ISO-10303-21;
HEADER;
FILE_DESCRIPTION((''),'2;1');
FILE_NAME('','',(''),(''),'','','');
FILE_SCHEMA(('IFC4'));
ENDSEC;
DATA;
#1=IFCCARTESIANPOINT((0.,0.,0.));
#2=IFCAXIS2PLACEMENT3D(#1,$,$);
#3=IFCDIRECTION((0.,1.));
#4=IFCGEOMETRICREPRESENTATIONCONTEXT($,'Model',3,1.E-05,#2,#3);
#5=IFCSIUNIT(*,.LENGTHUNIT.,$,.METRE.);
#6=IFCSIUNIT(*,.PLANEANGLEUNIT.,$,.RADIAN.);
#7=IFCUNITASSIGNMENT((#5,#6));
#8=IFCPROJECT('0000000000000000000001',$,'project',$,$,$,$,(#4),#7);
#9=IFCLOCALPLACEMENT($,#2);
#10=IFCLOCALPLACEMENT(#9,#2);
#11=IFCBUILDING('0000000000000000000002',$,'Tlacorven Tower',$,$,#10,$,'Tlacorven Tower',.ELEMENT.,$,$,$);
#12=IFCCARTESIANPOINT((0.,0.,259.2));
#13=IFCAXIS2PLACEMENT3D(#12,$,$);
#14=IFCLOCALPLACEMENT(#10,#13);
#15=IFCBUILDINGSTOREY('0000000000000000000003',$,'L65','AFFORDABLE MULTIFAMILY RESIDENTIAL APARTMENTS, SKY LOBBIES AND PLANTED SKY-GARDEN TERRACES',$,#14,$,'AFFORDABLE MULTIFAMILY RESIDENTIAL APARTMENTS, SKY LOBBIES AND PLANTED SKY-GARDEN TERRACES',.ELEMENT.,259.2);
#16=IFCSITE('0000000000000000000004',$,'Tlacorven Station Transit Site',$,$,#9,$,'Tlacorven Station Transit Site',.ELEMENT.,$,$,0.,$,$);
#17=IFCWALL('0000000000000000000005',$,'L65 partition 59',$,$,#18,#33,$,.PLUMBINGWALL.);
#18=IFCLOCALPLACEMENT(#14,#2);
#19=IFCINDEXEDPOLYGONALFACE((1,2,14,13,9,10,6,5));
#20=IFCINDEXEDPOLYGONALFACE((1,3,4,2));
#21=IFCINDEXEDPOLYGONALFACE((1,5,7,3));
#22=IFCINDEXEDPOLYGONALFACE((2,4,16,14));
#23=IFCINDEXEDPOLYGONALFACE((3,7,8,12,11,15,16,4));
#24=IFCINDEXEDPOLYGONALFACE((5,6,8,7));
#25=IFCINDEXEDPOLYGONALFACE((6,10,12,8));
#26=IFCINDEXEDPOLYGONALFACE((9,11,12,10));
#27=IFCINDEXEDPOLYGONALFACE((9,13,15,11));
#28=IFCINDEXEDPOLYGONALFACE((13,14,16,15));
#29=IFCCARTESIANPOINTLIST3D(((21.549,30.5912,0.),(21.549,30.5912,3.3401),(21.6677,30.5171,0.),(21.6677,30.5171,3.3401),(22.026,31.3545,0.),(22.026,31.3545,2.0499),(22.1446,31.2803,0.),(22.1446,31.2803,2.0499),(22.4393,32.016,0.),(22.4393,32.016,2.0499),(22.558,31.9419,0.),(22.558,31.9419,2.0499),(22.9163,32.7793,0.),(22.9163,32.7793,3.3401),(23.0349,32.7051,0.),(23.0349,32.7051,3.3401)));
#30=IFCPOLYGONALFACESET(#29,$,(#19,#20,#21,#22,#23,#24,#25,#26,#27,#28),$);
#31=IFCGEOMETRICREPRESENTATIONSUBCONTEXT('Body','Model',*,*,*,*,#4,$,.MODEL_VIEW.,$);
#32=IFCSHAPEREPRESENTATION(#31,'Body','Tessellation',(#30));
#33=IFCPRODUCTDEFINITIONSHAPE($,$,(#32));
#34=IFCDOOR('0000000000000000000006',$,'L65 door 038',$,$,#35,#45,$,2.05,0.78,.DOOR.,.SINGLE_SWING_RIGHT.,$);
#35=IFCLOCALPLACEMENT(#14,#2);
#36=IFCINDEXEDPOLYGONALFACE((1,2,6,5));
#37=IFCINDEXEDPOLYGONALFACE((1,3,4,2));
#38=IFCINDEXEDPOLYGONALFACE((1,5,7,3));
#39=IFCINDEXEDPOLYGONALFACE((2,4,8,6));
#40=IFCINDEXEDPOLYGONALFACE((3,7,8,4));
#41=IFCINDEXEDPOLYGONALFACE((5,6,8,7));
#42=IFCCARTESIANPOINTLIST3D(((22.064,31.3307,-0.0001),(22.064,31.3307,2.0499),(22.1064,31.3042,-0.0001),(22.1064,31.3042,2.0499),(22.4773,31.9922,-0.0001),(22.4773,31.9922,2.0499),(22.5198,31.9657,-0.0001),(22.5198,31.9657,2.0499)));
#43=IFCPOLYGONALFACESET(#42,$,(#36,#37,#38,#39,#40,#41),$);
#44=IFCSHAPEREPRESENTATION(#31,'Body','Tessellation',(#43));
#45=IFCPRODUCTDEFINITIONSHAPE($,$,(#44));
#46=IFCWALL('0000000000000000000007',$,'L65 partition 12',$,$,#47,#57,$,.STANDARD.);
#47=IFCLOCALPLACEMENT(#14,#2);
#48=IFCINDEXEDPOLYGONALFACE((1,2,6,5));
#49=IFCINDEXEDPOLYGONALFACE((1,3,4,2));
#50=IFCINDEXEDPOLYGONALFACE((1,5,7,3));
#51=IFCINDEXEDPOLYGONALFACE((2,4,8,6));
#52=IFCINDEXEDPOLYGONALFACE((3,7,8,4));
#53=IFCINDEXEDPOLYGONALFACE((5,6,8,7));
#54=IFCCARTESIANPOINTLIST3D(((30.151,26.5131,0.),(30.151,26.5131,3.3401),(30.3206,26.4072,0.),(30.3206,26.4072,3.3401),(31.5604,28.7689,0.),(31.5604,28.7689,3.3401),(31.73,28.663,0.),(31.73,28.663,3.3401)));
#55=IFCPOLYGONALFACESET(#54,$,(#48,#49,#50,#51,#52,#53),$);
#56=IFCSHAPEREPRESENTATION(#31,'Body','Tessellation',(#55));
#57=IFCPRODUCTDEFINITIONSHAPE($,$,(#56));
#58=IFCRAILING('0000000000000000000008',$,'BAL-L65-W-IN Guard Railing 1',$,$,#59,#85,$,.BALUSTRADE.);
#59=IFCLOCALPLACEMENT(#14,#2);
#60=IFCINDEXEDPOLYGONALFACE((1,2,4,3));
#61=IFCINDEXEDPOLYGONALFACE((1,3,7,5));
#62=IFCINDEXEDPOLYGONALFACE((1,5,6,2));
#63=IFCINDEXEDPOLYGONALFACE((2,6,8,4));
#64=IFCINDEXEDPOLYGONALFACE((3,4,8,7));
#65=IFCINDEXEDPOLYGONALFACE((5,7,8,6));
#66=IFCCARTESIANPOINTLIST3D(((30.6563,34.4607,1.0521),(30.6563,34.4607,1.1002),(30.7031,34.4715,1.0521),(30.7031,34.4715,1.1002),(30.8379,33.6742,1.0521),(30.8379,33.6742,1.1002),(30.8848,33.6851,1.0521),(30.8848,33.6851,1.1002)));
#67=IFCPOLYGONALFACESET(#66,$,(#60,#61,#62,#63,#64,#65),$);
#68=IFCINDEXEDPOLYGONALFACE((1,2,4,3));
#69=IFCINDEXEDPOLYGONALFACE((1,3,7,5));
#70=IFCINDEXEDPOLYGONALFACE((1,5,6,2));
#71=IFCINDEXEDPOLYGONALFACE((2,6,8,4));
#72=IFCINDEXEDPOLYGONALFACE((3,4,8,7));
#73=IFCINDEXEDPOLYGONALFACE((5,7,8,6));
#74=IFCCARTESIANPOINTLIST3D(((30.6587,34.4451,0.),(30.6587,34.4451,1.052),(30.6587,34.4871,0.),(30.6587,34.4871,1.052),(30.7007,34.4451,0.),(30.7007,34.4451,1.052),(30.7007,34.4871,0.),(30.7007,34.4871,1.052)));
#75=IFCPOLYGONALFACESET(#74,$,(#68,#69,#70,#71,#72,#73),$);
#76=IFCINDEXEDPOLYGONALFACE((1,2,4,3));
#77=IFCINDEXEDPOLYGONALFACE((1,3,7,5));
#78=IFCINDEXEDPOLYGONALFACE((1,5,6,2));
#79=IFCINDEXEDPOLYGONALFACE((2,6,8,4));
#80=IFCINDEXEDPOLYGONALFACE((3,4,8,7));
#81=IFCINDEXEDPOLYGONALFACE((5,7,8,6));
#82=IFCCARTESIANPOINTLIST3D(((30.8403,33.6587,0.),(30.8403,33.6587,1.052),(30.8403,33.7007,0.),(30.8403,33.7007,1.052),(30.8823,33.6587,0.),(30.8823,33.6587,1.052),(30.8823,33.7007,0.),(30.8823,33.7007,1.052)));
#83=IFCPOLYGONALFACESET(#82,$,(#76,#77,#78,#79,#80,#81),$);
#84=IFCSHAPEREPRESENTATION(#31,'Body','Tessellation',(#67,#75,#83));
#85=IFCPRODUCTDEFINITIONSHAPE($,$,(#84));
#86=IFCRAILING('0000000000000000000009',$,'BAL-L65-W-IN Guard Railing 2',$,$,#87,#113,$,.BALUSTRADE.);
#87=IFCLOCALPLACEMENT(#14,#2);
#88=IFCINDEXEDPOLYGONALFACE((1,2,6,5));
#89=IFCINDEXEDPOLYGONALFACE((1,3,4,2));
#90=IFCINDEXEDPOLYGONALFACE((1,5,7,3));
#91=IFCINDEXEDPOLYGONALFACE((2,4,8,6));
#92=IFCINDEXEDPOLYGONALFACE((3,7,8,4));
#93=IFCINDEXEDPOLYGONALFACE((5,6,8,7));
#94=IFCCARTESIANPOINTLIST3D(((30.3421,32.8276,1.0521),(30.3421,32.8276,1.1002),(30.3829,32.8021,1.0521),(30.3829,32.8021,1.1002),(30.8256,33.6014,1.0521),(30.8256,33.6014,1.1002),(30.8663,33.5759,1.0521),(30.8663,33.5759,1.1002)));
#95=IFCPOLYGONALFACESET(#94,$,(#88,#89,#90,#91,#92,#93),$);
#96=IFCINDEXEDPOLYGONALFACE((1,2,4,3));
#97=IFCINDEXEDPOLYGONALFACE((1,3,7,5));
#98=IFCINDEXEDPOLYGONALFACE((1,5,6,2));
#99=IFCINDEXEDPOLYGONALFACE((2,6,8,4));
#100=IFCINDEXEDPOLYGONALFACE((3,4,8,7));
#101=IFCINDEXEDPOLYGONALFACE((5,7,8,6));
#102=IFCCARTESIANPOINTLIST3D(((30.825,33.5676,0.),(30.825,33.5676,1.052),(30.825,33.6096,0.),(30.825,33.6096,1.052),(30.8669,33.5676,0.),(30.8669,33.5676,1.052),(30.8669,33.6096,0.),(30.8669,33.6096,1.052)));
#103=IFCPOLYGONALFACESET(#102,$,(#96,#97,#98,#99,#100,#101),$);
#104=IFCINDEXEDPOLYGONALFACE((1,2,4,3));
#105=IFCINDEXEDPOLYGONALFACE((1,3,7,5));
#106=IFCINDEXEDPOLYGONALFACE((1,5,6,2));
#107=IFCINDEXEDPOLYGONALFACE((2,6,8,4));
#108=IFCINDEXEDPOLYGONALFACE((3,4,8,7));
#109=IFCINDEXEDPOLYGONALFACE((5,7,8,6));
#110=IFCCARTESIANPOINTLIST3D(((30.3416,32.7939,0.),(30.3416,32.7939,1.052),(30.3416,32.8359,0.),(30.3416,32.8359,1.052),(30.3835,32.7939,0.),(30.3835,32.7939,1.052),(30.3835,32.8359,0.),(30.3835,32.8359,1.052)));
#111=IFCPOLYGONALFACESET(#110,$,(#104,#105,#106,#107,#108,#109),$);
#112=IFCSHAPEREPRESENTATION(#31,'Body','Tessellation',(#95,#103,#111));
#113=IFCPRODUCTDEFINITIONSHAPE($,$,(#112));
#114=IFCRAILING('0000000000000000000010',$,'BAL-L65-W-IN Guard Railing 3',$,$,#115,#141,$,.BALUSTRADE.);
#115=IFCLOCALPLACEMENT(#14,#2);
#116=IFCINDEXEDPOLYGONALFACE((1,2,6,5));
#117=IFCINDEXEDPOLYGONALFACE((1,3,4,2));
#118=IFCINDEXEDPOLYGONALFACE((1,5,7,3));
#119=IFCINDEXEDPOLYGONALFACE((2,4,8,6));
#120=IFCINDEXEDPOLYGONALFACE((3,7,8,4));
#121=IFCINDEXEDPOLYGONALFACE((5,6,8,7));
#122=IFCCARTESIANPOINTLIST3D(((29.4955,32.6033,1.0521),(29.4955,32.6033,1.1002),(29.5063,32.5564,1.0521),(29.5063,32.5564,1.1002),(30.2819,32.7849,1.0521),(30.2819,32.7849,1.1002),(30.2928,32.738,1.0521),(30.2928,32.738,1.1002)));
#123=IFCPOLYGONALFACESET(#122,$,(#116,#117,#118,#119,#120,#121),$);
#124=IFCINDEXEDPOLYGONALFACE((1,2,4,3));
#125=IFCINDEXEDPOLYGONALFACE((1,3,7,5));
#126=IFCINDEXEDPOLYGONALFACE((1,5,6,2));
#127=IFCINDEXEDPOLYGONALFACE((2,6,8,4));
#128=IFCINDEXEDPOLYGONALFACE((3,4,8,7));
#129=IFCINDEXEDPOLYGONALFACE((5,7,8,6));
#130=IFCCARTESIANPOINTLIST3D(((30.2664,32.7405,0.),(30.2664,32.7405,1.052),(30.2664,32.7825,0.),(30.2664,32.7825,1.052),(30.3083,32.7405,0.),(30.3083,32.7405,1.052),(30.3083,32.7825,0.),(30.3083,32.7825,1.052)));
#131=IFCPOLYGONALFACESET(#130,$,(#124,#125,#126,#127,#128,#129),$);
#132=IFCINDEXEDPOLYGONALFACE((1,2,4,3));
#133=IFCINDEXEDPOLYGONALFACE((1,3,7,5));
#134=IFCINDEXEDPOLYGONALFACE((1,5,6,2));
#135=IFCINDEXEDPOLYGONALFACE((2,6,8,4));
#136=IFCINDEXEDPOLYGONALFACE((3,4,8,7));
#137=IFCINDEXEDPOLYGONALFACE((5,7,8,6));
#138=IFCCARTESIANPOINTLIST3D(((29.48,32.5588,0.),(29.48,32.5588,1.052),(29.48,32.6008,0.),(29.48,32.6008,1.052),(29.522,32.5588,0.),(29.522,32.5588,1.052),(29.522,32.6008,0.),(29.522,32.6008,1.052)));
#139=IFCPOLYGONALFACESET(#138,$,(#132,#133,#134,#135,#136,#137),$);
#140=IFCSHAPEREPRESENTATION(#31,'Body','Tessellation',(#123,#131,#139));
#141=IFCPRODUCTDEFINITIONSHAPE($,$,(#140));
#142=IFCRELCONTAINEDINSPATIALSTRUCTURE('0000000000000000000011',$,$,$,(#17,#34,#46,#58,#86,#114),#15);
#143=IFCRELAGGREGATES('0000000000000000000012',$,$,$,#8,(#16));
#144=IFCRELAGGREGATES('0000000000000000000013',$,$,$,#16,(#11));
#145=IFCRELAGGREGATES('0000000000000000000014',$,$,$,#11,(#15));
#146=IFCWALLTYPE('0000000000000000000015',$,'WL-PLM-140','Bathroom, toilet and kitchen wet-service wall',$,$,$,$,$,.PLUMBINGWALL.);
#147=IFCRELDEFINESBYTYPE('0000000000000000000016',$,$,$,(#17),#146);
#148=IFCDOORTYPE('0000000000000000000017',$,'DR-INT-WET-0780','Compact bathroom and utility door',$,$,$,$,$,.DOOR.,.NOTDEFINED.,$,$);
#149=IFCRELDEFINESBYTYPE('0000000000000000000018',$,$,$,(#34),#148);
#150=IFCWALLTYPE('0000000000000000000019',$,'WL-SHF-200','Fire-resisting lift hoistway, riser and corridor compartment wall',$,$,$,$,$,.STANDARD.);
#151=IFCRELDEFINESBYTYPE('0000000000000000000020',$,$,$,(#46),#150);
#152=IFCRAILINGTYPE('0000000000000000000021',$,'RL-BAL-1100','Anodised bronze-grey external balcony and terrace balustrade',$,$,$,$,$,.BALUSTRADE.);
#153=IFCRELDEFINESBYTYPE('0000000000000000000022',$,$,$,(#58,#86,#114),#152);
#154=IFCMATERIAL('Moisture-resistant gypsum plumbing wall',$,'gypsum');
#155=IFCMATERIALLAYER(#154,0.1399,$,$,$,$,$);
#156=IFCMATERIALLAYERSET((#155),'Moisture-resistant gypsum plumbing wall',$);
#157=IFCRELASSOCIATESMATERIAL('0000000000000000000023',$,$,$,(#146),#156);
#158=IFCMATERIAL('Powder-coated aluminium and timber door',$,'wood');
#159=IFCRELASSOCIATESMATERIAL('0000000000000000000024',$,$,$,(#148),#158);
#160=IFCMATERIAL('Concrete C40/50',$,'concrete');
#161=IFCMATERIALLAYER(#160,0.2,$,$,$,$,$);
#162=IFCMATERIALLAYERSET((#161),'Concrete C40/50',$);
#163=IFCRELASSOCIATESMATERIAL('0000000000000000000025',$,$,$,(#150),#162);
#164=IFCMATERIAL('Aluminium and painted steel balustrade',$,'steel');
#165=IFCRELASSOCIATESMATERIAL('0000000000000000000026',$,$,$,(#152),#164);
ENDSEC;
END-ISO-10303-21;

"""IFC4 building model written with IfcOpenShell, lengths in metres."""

from ifc_helpers import new_model, si_unit, direction, frame, frame_2d, origin, origin_2d, place, context, subcontext, project, spatial, rectangle, extrude, source, transform, mapped, material, layer, layer_set, type_object, element, fill, save


model = new_model("IFC4")

# Units and contexts
model_context = context("Model", 3, precision=1e-05, world=origin(), true_north=direction((0.0, 1.0)))
body_context = subcontext(model_context, "Body", "Model", "MODEL_VIEW")
ifc_project = project(units=[si_unit("LENGTHUNIT", "METRE"), si_unit("PLANEANGLEUNIT", "RADIAN")], contexts=[model_context])

# Site, building, storey
site_placement = place(None, origin())
site = spatial("IfcSite", under=ifc_project, at=site_placement, Name="Tlacorven Station Transit Site", LongName="Tlacorven Station Transit Site", CompositionType="ELEMENT", RefElevation=0.0)
building_placement = place(site_placement, origin())
building = spatial("IfcBuilding", under=site, at=building_placement, Name="Tlacorven Tower", LongName="Tlacorven Tower", CompositionType="ELEMENT")
storey_placement = place(building_placement, frame((0.0, 0.0, 259.2)))
storey = spatial("IfcBuildingStorey", under=building, at=storey_placement, Name="L65", Description="AFFORDABLE MULTIFAMILY RESIDENTIAL APARTMENTS, SKY LOBBIES AND PLANTED SKY-GARDEN TERRACES", LongName="AFFORDABLE MULTIFAMILY RESIDENTIAL APARTMENTS, SKY LOBBIES AND PLANTED SKY-GARDEN TERRACES", CompositionType="ELEMENT", Elevation=259.2)

# Wall, opening, door
ifc_material_1 = material(Name="Moisture-resistant gypsum plumbing wall", Category="gypsum")
ifc_layer_1 = layer(ifc_material_1, 0.1399)
ifc_layer_set_1 = layer_set([ifc_layer_1], Name="Moisture-resistant gypsum plumbing wall")
wall_type_1 = type_object("IfcWallType", Name="WL-PLM-140", Description="Bathroom, toilet and kitchen wet-service wall", PredefinedType="PLUMBINGWALL", material=ifc_layer_set_1)
ifc_material_2 = material(Name="Powder-coated aluminium and timber door", Category="wood")
wall_1_placement = place(storey_placement, frame((22.9756, 32.7422, 0.0), z_axis=(0.0, 0.0, 1.0), x_axis=(-0.529914, -0.848051, 0.0)))
wall_1 = element("IfcWall", 1, at=wall_1_placement, inside=storey, type_object=wall_type_1, Name="L65 partition 59", PredefinedType="PLUMBINGWALL", context=body_context, shape_type="SweptSolid", body=[
    extrude(rectangle(XDim=2.5801, YDim=0.1399, at=frame_2d((1.29, 0.0))), origin(), (0.0, 0.0, 1.0), 3.3401),
])
opening_1_placement = place(wall_1_placement, frame((0.8999, 0.0, 0.0)))
opening_1 = element("IfcOpeningElement", 2, at=opening_1_placement, cuts=wall_1, PredefinedType="OPENING", context=body_context, shape_type="SweptSolid", body=[
    extrude(rectangle(XDim=0.78, YDim=2.05, at=frame_2d((0.3901, 1.0249))), frame((0.0, 0.0801, 0.0), z_axis=(0.0, -1.0, 0.0), x_axis=(1.0, 0.0, 0.0)), (0.0, 0.0, 1.0), 0.1599),
])
door_type_1 = type_object("IfcDoorType", Name="DR-INT-WET-0780", Description="Compact bathroom and utility door", OperationType="NOTDEFINED", PredefinedType="DOOR", material=ifc_material_2)
shared_shape_1 = source(origin(), body_context, "Body", "SweptSolid", [
    extrude(rectangle(XDim=0.78, YDim=2.05, at=frame_2d((0.3901, 1.0249))), frame((0.0, 0.0249, 0.0), z_axis=(0.0, -1.0, 0.0), x_axis=(1.0, 0.0, 0.0)), (0.0, 0.0, 1.0), 0.05),
])
door_1_placement = place(opening_1_placement, origin())
door_1 = element("IfcDoor", 3, at=door_1_placement, inside=storey, type_object=door_type_1, Name="L65 door 038", OperationType="SINGLE_SWING_RIGHT", OverallHeight=2.05, OverallWidth=0.78, PredefinedType="DOOR", context=body_context, shape_type="MappedRepresentation", body=[
    mapped(shared_shape_1, transform((0.0, 0.0, 0.0), scale=1.0)),
])
fill(opening_1, door_1)

# Wall
ifc_material_3 = material(Name="Concrete C40/50", Category="concrete")
ifc_layer_2 = layer(ifc_material_3, 0.2)
ifc_layer_set_2 = layer_set([ifc_layer_2], Name="Concrete C40/50")
wall_type_2 = type_object("IfcWallType", Name="WL-SHF-200", Description="Fire-resisting lift hoistway, riser and corridor compartment wall", PredefinedType="STANDARD", material=ifc_layer_set_2)
wall_2_placement = place(storey_placement, frame((31.6453, 28.7161, 0.0), z_axis=(0.0, 0.0, 1.0), x_axis=(-0.529867, -0.848081, 0.0)))
element("IfcWall", 4, at=wall_2_placement, inside=storey, type_object=wall_type_2, Name="L65 partition 12", PredefinedType="STANDARD", context=body_context, shape_type="SweptSolid", body=[
    extrude(rectangle(XDim=2.6599, YDim=0.2, at=frame_2d((1.3301, 0.0))), origin(), (0.0, 0.0, 1.0), 3.3401),
])

# Railings
ifc_material_4 = material(Name="Aluminium and painted steel balustrade", Category="steel")
railing_type = type_object("IfcRailingType", Name="RL-BAL-1100", Description="Anodised bronze-grey external balcony and terrace balustrade", PredefinedType="BALUSTRADE", material=ifc_material_4)
shared_shape_2 = source(origin(), body_context, "Body", "SweptSolid", [
    extrude(rectangle(XDim=0.0481, YDim=0.0481, at=origin_2d()), frame((0.0, 0.0, 1.0762), z_axis=(0.225058, -0.974345, 0.0), x_axis=(0.974345, 0.225058, 0.0)), (0.0, 0.0, 1.0), 0.8071),
    extrude(rectangle(XDim=0.042, YDim=0.042, at=origin_2d()), origin(), (0.0, 0.0, 1.0), 1.052),
    extrude(rectangle(XDim=0.042, YDim=0.042, at=origin_2d()), frame((0.1816, -0.7864, 0.0)), (0.0, 0.0, 1.0), 1.052),
])
railing_1_placement = place(storey_placement, frame((30.6797, 34.4661, 0.0)))
element("IfcRailing", 5, at=railing_1_placement, inside=storey, type_object=railing_type, Name="BAL-L65-W-IN Guard Railing 1", PredefinedType="BALUSTRADE", context=body_context, shape_type="MappedRepresentation", body=[
    mapped(shared_shape_2, transform((0.0, 0.0, 0.0), scale=1.0)),
])
shared_shape_3 = source(origin(), body_context, "Body", "SweptSolid", [
    extrude(rectangle(XDim=0.0481, YDim=0.0481, at=origin_2d()), frame((0.0, 0.0, 1.0762), z_axis=(-0.529879, -0.848073, 0.0), x_axis=(0.848073, -0.529879, 0.0)), (0.0, 0.0, 1.0), 0.9124),
    extrude(rectangle(XDim=0.042, YDim=0.042, at=origin_2d()), origin(), (0.0, 0.0, 1.0), 1.052),
    extrude(rectangle(XDim=0.042, YDim=0.042, at=origin_2d()), frame((-0.4834, -0.7737, 0.0)), (0.0, 0.0, 1.0), 1.052),
])
railing_2_placement = place(storey_placement, frame((30.8459, 33.5886, 0.0)))
element("IfcRailing", 6, at=railing_2_placement, inside=storey, type_object=railing_type, Name="BAL-L65-W-IN Guard Railing 2", PredefinedType="BALUSTRADE", context=body_context, shape_type="MappedRepresentation", body=[
    mapped(shared_shape_3, transform((0.0, 0.0, 0.0), scale=1.0)),
])
shared_shape_4 = source(origin(), body_context, "Body", "SweptSolid", [
    extrude(rectangle(XDim=0.0481, YDim=0.0481, at=origin_2d()), frame((0.0, 0.0, 1.0762), z_axis=(-0.974345, -0.225058, 0.0), x_axis=(0.225058, -0.974345, 0.0)), (0.0, 0.0, 1.0), 0.8071),
    extrude(rectangle(XDim=0.042, YDim=0.042, at=origin_2d()), origin(), (0.0, 0.0, 1.0), 1.052),
    extrude(rectangle(XDim=0.042, YDim=0.042, at=origin_2d()), frame((-0.7864, -0.1816, 0.0)), (0.0, 0.0, 1.0), 1.052),
])
railing_3_placement = place(storey_placement, frame((30.2874, 32.7615, 0.0)))
element("IfcRailing", 7, at=railing_3_placement, inside=storey, type_object=railing_type, Name="BAL-L65-W-IN Guard Railing 3", PredefinedType="BALUSTRADE", context=body_context, shape_type="MappedRepresentation", body=[
    mapped(shared_shape_4, transform((0.0, 0.0, 0.0), scale=1.0)),
])

save(model, "model.ifc")
